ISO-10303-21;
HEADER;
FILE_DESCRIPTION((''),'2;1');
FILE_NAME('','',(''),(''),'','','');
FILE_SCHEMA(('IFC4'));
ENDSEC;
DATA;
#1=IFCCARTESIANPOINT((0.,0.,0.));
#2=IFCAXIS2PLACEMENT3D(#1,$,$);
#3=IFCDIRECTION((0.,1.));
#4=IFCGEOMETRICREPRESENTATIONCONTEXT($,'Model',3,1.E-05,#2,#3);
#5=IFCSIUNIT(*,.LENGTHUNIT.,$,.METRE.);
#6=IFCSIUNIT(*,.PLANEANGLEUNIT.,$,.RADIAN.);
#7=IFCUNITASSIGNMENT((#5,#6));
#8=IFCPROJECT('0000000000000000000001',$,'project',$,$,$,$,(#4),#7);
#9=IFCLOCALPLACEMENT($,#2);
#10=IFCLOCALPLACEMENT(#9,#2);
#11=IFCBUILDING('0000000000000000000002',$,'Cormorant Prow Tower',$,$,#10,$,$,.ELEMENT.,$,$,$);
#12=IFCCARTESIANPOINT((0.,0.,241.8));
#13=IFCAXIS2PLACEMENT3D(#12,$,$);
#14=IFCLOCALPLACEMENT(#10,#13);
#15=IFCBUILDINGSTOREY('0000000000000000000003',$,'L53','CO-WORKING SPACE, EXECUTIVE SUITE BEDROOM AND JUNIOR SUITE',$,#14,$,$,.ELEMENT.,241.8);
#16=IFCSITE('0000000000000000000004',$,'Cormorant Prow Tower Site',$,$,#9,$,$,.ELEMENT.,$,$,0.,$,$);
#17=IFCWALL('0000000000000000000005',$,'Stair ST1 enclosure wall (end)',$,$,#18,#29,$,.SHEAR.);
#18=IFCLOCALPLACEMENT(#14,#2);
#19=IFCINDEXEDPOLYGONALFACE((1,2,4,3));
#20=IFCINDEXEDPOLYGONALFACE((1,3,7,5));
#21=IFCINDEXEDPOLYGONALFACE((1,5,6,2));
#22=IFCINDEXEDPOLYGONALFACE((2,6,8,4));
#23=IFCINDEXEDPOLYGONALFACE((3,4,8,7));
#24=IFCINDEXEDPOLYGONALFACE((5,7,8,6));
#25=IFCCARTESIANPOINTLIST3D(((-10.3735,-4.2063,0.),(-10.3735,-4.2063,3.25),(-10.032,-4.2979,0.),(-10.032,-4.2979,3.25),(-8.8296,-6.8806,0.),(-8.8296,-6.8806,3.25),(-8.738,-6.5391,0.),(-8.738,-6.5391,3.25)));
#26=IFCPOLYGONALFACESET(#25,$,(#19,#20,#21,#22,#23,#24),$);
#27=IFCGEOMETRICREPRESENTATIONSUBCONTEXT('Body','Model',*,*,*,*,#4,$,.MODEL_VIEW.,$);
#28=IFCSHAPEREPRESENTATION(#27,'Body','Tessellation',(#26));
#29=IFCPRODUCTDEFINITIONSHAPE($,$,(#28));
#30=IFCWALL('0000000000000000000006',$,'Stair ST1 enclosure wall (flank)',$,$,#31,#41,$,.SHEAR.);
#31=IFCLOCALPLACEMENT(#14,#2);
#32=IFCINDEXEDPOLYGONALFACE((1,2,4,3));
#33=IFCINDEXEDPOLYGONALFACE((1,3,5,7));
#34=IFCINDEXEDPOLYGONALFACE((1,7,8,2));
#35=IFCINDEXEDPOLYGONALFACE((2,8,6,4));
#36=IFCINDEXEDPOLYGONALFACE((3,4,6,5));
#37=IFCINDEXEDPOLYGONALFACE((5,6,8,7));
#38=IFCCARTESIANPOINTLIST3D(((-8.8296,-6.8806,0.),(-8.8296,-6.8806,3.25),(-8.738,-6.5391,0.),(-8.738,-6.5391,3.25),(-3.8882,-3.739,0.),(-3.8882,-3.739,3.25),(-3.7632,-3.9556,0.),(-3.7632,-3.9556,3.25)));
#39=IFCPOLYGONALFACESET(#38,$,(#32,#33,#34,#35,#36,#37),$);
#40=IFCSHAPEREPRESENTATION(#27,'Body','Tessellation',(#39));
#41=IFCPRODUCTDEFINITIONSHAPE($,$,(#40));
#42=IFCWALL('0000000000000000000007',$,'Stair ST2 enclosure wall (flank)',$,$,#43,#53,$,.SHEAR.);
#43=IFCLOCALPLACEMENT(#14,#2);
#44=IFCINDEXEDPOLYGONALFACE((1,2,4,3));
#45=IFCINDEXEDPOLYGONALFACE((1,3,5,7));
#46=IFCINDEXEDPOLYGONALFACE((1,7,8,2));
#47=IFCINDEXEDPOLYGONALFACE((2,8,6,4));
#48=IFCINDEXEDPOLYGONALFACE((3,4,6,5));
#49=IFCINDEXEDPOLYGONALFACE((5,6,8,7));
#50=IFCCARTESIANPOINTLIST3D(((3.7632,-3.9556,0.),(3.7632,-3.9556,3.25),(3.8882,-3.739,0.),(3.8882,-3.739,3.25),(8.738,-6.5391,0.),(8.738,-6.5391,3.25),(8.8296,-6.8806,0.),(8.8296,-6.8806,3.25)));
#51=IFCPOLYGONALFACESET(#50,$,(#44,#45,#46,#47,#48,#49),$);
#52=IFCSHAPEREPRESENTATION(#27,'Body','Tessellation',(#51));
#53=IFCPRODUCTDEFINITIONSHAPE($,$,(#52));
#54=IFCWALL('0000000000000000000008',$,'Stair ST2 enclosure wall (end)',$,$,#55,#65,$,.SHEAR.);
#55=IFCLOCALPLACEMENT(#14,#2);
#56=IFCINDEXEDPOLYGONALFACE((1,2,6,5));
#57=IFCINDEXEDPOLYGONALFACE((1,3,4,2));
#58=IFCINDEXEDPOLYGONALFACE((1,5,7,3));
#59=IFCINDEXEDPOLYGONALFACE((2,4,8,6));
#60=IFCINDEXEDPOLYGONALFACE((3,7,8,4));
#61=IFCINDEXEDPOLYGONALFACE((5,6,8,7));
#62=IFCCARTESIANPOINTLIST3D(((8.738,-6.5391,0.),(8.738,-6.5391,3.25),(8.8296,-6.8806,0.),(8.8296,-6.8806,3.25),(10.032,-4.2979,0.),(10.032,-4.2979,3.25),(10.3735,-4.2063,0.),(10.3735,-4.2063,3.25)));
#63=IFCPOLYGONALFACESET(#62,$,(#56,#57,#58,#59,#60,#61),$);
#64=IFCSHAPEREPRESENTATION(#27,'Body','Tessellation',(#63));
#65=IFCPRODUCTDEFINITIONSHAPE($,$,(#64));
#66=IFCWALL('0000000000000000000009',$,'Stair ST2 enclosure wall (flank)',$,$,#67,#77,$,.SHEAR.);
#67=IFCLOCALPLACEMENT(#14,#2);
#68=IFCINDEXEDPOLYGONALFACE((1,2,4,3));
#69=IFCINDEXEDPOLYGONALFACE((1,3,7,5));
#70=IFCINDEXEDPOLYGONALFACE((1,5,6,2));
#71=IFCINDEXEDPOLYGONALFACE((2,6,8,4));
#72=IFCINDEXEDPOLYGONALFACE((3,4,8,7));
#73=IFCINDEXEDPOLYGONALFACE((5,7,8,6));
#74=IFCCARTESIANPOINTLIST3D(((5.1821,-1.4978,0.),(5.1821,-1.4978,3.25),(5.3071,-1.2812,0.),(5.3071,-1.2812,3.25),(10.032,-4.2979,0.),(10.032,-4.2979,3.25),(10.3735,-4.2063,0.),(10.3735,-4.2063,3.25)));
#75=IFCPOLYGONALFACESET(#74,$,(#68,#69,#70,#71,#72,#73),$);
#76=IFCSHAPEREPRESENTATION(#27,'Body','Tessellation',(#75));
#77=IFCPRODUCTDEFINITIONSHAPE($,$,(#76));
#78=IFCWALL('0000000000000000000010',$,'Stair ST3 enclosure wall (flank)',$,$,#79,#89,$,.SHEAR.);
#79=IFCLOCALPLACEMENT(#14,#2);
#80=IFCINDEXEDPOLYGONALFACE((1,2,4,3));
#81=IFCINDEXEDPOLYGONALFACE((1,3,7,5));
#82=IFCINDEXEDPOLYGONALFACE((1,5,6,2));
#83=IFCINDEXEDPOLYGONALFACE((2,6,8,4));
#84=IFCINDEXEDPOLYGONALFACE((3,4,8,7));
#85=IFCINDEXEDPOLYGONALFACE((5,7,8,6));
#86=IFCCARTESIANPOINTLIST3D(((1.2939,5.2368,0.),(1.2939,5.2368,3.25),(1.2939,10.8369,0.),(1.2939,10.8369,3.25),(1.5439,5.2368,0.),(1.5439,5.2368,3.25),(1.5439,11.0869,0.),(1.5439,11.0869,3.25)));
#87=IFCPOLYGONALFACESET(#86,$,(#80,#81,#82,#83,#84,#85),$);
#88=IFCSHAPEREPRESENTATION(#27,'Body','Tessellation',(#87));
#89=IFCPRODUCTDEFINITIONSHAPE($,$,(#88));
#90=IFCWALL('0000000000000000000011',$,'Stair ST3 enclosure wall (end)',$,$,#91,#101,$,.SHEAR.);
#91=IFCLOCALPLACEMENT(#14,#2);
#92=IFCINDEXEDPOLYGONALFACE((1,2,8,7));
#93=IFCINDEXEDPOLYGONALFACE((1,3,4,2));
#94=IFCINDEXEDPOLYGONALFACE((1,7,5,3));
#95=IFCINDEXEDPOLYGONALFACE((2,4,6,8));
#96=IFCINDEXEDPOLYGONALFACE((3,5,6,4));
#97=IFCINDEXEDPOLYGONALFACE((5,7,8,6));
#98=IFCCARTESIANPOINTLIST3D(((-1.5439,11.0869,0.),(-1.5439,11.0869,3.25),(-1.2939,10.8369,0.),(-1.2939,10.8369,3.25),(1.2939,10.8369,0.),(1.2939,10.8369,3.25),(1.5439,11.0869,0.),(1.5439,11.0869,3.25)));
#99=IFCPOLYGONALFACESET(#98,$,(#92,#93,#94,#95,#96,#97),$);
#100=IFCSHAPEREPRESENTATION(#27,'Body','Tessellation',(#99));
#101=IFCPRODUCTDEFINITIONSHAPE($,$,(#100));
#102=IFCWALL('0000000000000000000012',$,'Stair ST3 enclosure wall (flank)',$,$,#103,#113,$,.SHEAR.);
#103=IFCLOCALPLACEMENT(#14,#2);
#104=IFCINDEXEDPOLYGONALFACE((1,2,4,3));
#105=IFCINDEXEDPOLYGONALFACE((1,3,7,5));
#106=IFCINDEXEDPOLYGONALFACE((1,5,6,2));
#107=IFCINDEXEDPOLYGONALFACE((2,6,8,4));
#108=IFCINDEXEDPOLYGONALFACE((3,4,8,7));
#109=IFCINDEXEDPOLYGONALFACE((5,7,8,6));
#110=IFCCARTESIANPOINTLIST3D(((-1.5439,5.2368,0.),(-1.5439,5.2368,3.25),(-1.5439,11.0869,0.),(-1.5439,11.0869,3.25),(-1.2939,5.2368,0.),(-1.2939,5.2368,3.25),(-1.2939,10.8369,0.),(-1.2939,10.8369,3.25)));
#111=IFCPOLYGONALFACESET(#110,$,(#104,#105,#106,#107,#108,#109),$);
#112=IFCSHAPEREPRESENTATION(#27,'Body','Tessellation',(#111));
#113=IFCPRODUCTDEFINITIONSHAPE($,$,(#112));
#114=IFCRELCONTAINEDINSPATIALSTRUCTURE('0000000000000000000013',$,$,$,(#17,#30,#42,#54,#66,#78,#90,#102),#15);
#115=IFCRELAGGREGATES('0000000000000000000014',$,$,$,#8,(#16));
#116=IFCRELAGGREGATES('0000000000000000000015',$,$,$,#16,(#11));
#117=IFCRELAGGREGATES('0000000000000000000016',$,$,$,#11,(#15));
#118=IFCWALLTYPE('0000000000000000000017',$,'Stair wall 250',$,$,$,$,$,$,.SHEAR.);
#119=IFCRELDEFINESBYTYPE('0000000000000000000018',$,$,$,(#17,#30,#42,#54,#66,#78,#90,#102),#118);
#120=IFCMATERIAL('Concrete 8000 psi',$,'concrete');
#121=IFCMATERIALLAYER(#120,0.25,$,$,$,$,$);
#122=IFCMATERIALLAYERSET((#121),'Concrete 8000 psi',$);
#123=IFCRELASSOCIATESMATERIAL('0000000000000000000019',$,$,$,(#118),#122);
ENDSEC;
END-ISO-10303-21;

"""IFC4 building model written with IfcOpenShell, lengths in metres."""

from ifc_helpers import new_model, si_unit, direction, frame, origin, place, context, subcontext, project, spatial, polyline, outline, extrude, material, layer, layer_set, type_object, element, save


model = new_model("IFC4")

# Units and contexts
model_context = context("Model", 3, precision=1e-05, world=origin(), true_north=direction((0.0, 1.0)))
body_context = subcontext(model_context, "Body", "Model", "MODEL_VIEW")
ifc_project = project(units=[si_unit("LENGTHUNIT", "METRE"), si_unit("PLANEANGLEUNIT", "RADIAN")], contexts=[model_context])

# Site, building, storey
site_placement = place(None, origin())
site = spatial("IfcSite", under=ifc_project, at=site_placement, Name="Cormorant Prow Tower Site", CompositionType="ELEMENT", RefElevation=0.0)
building_placement = place(site_placement, origin())
building = spatial("IfcBuilding", under=site, at=building_placement, Name="Cormorant Prow Tower", CompositionType="ELEMENT")
storey_placement = place(building_placement, frame((0.0, 0.0, 241.8)))
storey = spatial("IfcBuildingStorey", under=building, at=storey_placement, Name="L53", Description="CO-WORKING SPACE, EXECUTIVE SUITE BEDROOM AND JUNIOR SUITE", CompositionType="ELEMENT", Elevation=241.8)

# Walls
ifc_material_1 = material(Name="Concrete 8000 psi", Category="concrete")
ifc_layer_1 = layer(ifc_material_1, 0.25)
ifc_layer_set_1 = layer_set([ifc_layer_1], Name="Concrete 8000 psi")
wall_type_1 = type_object("IfcWallType", Name="Stair wall 250", PredefinedType="SHEAR", material=ifc_layer_set_1)
wall_1_placement = place(storey_placement, origin())
element("IfcWall", 1, at=wall_1_placement, inside=storey, type_object=wall_type_1, Name="Stair ST1 enclosure wall (end)", PredefinedType="SHEAR", context=body_context, shape_type="SweptSolid", body=[
    extrude(outline(polyline([(-10.3735, -4.2063), (-8.8296, -6.8806), (-8.738, -6.5391), (-10.032, -4.2979), (-10.3735, -4.2063)])), origin(), (0.0, 0.0, 1.0), 3.25),
])
wall_2_placement = place(storey_placement, origin())
element("IfcWall", 2, at=wall_2_placement, inside=storey, type_object=wall_type_1, Name="Stair ST1 enclosure wall (flank)", PredefinedType="SHEAR", context=body_context, shape_type="SweptSolid", body=[
    extrude(outline(polyline([(-8.738, -6.5391), (-8.8296, -6.8806), (-3.7632, -3.9556), (-3.8882, -3.739), (-8.738, -6.5391)])), origin(), (0.0, 0.0, 1.0), 3.25),
])
wall_3_placement = place(storey_placement, origin())
element("IfcWall", 3, at=wall_3_placement, inside=storey, type_object=wall_type_1, Name="Stair ST2 enclosure wall (flank)", PredefinedType="SHEAR", context=body_context, shape_type="SweptSolid", body=[
    extrude(outline(polyline([(3.7632, -3.9556), (8.8296, -6.8806), (8.738, -6.5391), (3.8882, -3.739), (3.7632, -3.9556)])), origin(), (0.0, 0.0, 1.0), 3.25),
])
wall_4_placement = place(storey_placement, origin())
element("IfcWall", 4, at=wall_4_placement, inside=storey, type_object=wall_type_1, Name="Stair ST2 enclosure wall (end)", PredefinedType="SHEAR", context=body_context, shape_type="SweptSolid", body=[
    extrude(outline(polyline([(8.8296, -6.8806), (10.3735, -4.2063), (10.032, -4.2979), (8.738, -6.5391), (8.8296, -6.8806)])), origin(), (0.0, 0.0, 1.0), 3.25),
])
wall_5_placement = place(storey_placement, origin())
element("IfcWall", 5, at=wall_5_placement, inside=storey, type_object=wall_type_1, Name="Stair ST2 enclosure wall (flank)", PredefinedType="SHEAR", context=body_context, shape_type="SweptSolid", body=[
    extrude(outline(polyline([(10.032, -4.2979), (10.3735, -4.2063), (5.3071, -1.2812), (5.1821, -1.4978), (10.032, -4.2979)])), origin(), (0.0, 0.0, 1.0), 3.25),
])
wall_6_placement = place(storey_placement, origin())
element("IfcWall", 6, at=wall_6_placement, inside=storey, type_object=wall_type_1, Name="Stair ST3 enclosure wall (flank)", PredefinedType="SHEAR", context=body_context, shape_type="SweptSolid", body=[
    extrude(outline(polyline([(1.5439, 5.2368), (1.5439, 11.0869), (1.2939, 10.8369), (1.2939, 5.2368), (1.5439, 5.2368)])), origin(), (0.0, 0.0, 1.0), 3.25),
])
wall_7_placement = place(storey_placement, origin())
element("IfcWall", 7, at=wall_7_placement, inside=storey, type_object=wall_type_1, Name="Stair ST3 enclosure wall (end)", PredefinedType="SHEAR", context=body_context, shape_type="SweptSolid", body=[
    extrude(outline(polyline([(1.5439, 11.0869), (-1.5439, 11.0869), (-1.2939, 10.8369), (1.2939, 10.8369), (1.5439, 11.0869)])), origin(), (0.0, 0.0, 1.0), 3.25),
])
wall_8_placement = place(storey_placement, origin())
element("IfcWall", 8, at=wall_8_placement, inside=storey, type_object=wall_type_1, Name="Stair ST3 enclosure wall (flank)", PredefinedType="SHEAR", context=body_context, shape_type="SweptSolid", body=[
    extrude(outline(polyline([(-1.2939, 10.8369), (-1.5439, 11.0869), (-1.5439, 5.2368), (-1.2939, 5.2368), (-1.2939, 10.8369)])), origin(), (0.0, 0.0, 1.0), 3.25),
])

save(model, "model.ifc")
